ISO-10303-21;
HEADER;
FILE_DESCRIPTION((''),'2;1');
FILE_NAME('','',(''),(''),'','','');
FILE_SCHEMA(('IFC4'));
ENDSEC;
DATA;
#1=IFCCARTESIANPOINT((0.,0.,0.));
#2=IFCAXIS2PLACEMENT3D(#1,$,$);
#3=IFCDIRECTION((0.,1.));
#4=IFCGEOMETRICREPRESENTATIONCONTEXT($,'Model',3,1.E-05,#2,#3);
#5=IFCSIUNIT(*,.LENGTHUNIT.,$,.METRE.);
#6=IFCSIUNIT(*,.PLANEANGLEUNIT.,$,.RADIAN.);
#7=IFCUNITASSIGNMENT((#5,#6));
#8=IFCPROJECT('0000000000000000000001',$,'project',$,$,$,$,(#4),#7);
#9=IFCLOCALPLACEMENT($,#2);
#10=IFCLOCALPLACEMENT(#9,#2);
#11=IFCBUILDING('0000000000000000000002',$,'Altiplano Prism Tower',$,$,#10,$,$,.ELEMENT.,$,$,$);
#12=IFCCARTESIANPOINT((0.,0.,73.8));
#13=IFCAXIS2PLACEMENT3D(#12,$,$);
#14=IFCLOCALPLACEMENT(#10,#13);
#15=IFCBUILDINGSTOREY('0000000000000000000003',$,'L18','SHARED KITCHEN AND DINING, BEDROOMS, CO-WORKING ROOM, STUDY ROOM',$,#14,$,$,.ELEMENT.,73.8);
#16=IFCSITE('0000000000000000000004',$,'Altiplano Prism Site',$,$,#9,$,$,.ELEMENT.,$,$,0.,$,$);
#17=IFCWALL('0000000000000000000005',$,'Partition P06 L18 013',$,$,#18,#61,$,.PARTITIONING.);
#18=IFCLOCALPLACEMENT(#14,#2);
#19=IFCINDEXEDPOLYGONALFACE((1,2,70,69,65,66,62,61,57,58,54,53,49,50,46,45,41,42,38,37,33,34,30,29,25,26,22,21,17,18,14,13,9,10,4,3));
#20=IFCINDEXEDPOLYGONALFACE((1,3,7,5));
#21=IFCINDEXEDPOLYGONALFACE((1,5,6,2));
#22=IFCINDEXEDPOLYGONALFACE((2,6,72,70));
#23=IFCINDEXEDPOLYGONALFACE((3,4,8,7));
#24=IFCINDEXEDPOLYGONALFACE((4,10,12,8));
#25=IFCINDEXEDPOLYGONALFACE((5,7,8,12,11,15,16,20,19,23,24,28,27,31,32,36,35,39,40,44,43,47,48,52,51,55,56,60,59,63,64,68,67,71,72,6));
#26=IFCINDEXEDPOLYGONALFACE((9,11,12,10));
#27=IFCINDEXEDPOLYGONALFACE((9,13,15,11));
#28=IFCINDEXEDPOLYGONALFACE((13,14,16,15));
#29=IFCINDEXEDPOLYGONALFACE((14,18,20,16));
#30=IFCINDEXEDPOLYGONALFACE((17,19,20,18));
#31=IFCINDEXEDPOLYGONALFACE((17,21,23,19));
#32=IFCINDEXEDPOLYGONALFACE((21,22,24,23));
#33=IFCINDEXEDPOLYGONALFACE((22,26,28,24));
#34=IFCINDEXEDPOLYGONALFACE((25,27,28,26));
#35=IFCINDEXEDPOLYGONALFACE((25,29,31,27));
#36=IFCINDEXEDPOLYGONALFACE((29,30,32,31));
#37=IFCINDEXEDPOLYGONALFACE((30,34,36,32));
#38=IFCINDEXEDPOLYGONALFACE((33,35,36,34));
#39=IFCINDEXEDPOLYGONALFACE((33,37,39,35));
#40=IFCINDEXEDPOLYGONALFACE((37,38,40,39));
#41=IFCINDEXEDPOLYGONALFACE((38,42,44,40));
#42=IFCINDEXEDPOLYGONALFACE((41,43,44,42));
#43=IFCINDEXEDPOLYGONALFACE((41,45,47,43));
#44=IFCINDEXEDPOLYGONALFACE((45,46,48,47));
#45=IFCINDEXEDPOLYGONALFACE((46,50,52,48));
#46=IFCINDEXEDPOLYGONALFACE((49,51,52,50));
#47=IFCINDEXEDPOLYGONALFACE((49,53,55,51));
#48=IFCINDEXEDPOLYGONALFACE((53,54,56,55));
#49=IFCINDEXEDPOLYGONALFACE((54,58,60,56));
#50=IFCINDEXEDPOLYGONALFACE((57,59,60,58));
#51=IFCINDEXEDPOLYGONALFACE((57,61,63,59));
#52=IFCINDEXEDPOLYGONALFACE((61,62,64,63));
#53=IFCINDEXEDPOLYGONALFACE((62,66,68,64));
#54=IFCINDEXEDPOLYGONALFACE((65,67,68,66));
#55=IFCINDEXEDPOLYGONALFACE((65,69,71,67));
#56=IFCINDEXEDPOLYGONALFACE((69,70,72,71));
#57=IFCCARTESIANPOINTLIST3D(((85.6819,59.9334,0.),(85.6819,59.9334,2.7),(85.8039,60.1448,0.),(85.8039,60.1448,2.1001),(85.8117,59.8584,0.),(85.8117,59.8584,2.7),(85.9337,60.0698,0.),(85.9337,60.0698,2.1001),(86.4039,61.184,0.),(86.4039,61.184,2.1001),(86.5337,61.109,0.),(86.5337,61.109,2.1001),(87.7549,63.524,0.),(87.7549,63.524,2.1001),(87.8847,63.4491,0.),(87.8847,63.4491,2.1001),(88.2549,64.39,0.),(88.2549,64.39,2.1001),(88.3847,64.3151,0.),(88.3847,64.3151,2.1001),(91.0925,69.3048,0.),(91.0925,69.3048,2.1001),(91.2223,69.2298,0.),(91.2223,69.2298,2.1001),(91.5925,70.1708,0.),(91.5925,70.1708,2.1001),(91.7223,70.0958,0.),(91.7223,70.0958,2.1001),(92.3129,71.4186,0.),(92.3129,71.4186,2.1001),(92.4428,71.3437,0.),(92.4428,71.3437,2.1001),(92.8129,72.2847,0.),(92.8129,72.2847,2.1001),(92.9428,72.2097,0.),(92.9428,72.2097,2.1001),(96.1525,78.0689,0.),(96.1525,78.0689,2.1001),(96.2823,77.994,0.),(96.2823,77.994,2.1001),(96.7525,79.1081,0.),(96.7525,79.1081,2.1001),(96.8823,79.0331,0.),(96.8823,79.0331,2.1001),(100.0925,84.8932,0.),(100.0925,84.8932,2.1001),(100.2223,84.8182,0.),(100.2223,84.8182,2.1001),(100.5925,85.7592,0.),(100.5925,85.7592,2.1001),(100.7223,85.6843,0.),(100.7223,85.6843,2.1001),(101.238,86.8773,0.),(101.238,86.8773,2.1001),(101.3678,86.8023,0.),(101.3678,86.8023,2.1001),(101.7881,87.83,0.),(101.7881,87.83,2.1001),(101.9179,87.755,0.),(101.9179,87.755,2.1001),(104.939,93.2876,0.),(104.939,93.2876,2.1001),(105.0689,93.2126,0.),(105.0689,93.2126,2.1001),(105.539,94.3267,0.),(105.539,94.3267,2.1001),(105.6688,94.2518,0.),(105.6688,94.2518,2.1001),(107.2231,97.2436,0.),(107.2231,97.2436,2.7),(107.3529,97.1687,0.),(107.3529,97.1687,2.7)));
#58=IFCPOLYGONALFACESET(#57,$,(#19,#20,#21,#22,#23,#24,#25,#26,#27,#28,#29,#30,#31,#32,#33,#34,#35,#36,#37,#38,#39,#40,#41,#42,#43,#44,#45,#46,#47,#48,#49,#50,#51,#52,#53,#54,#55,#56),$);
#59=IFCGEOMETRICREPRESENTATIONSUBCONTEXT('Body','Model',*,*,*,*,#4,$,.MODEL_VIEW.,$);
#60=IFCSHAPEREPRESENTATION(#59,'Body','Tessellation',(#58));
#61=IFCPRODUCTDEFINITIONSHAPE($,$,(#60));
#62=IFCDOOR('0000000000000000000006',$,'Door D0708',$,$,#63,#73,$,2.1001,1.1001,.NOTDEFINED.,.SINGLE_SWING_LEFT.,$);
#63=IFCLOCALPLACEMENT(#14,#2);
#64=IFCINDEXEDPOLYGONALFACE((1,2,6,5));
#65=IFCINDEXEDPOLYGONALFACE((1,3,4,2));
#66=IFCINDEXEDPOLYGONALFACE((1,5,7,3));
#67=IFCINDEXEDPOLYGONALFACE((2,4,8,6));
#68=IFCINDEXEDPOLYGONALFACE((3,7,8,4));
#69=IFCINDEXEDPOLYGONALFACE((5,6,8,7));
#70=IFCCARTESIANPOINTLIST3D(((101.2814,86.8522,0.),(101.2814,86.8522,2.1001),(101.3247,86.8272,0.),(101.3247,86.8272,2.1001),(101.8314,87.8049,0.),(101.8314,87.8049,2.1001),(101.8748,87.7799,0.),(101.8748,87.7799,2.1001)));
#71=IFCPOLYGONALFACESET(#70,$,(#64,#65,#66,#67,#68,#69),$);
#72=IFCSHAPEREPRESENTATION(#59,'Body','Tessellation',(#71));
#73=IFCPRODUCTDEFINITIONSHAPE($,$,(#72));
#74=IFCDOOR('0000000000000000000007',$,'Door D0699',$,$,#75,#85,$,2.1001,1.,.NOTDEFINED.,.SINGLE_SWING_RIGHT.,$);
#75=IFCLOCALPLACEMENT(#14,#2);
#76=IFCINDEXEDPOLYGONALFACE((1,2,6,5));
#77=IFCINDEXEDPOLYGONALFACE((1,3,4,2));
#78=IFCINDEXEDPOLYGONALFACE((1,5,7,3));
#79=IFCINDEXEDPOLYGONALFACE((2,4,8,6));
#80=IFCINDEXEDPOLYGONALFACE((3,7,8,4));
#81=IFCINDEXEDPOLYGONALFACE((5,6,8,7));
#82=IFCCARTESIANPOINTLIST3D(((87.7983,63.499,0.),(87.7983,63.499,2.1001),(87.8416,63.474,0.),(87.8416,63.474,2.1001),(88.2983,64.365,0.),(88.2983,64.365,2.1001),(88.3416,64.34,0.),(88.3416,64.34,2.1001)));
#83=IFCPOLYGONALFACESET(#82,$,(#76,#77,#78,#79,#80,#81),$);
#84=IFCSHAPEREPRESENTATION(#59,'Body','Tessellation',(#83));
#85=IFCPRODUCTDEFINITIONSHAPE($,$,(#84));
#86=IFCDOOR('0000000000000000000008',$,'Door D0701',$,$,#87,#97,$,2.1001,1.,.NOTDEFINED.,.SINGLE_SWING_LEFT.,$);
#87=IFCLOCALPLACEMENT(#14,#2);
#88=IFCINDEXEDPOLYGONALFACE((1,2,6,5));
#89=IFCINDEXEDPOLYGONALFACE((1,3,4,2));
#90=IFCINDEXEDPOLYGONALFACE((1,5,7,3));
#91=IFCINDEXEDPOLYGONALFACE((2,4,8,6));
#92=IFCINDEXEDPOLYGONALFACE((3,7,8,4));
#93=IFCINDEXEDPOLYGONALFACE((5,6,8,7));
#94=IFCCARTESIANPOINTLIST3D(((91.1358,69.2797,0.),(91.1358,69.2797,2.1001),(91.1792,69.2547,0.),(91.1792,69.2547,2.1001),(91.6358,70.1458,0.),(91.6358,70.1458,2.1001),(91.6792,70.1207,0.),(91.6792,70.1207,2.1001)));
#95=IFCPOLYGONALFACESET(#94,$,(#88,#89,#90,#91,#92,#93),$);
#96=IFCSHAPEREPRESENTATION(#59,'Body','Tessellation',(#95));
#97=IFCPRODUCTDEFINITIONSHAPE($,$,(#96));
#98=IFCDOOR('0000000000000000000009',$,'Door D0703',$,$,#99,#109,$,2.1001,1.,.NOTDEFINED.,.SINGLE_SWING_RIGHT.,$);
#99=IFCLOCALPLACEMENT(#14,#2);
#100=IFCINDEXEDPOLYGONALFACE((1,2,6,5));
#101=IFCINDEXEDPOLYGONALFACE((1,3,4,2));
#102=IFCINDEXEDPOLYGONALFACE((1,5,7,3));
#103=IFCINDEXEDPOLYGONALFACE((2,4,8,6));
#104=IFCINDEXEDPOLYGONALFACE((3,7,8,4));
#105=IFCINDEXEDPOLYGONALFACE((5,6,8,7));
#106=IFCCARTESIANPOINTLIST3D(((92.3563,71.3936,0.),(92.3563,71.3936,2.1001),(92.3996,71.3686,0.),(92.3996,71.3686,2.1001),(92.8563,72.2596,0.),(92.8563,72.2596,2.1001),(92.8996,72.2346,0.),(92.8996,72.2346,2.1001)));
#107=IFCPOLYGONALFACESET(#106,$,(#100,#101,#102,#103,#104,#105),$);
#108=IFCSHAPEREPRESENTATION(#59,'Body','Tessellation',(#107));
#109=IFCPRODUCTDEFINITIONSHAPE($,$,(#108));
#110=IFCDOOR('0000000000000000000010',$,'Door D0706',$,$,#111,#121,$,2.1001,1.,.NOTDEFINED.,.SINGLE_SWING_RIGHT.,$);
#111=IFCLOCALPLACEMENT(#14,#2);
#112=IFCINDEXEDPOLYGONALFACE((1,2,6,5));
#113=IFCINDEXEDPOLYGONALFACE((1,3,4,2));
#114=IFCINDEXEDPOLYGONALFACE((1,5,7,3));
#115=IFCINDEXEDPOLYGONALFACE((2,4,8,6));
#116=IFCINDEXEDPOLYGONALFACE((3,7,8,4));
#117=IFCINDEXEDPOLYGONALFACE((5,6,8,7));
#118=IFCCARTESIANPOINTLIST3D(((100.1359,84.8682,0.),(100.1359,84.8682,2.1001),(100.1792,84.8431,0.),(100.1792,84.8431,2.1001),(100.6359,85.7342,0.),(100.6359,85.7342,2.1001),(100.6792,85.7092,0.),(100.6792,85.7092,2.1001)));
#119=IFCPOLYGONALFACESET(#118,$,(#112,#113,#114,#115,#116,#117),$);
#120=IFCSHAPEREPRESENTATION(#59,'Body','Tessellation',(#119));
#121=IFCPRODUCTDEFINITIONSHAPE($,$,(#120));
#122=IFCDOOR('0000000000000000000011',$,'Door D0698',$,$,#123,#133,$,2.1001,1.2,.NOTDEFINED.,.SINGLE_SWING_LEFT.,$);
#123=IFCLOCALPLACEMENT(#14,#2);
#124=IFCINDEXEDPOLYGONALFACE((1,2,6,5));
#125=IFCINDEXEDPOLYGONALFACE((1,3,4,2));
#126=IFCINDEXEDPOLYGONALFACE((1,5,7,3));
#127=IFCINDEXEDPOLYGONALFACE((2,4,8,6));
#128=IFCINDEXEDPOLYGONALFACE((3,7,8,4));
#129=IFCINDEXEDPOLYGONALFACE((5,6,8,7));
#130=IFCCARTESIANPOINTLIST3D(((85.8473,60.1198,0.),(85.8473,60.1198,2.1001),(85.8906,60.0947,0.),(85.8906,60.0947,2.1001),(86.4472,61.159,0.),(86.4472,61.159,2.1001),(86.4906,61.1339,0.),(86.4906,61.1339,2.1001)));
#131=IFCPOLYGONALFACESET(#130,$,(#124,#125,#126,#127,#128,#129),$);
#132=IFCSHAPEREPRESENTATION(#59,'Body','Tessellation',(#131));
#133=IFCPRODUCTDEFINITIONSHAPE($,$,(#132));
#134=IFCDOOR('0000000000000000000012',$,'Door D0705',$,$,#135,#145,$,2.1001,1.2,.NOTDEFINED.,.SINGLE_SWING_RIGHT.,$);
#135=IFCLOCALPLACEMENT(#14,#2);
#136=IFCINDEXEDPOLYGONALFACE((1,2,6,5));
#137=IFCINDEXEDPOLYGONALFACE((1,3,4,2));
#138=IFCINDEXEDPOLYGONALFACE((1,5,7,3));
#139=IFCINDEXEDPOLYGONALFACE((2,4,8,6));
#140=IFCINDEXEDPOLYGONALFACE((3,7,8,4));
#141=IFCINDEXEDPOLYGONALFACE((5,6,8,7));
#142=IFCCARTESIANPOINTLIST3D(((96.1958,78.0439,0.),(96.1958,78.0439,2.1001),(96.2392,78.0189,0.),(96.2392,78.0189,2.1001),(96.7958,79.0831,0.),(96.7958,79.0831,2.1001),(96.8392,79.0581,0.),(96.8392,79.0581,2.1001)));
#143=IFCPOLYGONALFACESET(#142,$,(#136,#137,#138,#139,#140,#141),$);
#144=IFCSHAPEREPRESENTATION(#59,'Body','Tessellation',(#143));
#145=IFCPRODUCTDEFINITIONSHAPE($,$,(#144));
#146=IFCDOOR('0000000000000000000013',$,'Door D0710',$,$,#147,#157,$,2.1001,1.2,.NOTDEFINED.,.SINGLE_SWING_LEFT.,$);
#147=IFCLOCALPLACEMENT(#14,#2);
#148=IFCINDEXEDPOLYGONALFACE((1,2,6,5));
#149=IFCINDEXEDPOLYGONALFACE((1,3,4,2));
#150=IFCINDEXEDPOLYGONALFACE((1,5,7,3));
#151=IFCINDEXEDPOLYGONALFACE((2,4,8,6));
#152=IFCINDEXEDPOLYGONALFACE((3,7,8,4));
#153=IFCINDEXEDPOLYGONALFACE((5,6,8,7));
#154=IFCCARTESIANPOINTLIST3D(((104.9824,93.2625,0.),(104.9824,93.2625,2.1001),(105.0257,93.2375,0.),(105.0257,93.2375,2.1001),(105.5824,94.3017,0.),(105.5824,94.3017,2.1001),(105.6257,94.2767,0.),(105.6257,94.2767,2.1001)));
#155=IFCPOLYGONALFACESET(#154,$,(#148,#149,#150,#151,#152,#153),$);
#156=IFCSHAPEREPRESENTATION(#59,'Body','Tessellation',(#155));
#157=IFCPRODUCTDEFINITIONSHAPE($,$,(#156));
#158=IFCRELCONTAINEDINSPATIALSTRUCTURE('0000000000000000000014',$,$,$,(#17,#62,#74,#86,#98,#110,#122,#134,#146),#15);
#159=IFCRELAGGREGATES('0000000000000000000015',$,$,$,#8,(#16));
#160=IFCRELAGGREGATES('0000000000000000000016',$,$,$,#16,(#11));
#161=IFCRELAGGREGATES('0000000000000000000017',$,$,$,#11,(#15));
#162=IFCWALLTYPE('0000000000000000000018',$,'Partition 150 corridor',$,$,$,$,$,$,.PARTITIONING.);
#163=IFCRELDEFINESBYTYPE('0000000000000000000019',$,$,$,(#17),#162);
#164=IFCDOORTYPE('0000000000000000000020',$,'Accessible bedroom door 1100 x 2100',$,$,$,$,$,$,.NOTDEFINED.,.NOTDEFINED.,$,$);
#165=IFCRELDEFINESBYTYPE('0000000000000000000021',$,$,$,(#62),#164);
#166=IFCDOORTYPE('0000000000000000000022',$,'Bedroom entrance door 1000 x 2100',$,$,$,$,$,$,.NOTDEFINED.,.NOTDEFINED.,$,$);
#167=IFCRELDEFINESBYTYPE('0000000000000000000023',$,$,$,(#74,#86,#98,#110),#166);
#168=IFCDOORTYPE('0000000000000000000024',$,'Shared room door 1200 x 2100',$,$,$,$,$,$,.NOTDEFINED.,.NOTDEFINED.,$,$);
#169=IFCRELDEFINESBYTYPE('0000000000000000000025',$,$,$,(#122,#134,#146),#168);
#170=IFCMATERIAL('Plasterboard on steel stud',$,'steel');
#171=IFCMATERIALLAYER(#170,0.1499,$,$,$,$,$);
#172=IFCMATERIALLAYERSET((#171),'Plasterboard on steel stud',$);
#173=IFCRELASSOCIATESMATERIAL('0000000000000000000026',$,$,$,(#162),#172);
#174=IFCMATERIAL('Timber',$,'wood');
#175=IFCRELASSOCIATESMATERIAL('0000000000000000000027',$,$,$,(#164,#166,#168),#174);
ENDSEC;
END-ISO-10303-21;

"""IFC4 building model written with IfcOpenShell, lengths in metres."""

from ifc_helpers import new_model, si_unit, direction, frame, frame_2d, origin, place, context, subcontext, project, spatial, rectangle, extrude, material, layer, layer_set, type_object, element, fill, save


model = new_model("IFC4")

# Units and contexts
model_context = context("Model", 3, precision=1e-05, world=origin(), true_north=direction((0.0, 1.0)))
body_context = subcontext(model_context, "Body", "Model", "MODEL_VIEW")
ifc_project = project(units=[si_unit("LENGTHUNIT", "METRE"), si_unit("PLANEANGLEUNIT", "RADIAN")], contexts=[model_context])

# Site, building, storey
site_placement = place(None, origin())
site = spatial("IfcSite", under=ifc_project, at=site_placement, Name="Altiplano Prism Site", CompositionType="ELEMENT", RefElevation=0.0)
building_placement = place(site_placement, origin())
building = spatial("IfcBuilding", under=site, at=building_placement, Name="Altiplano Prism Tower", CompositionType="ELEMENT")
storey_placement = place(building_placement, frame((0.0, 0.0, 73.8)))
storey = spatial("IfcBuildingStorey", under=building, at=storey_placement, Name="L18", Description="SHARED KITCHEN AND DINING, BEDROOMS, CO-WORKING ROOM, STUDY ROOM", CompositionType="ELEMENT", Elevation=73.8)

# Shared definitions
ifc_material_1 = material(Name="Plasterboard on steel stud", Category="steel")
ifc_layer_1 = layer(ifc_material_1, 0.1499)
ifc_layer_set_1 = layer_set([ifc_layer_1], Name="Plasterboard on steel stud")
wall_type_1 = type_object("IfcWallType", Name="Partition 150 corridor", PredefinedType="PARTITIONING", material=ifc_layer_set_1)

# Wall, openings, doors
wall_1_placement = place(storey_placement, frame((85.7468, 59.896, 0.0), z_axis=(0.0, 0.0, 1.0), x_axis=(0.500003, 0.866024, 0.0)))
wall_1 = element("IfcWall", 1, at=wall_1_placement, inside=storey, type_object=wall_type_1, Name="Partition P06 L18 013", PredefinedType="PARTITIONING", context=body_context, shape_type="SweptSolid", body=[
    extrude(rectangle(XDim=43.0823, YDim=0.1499, at=frame_2d((21.541, 0.0))), origin(), (0.0, 0.0, 1.0), 2.7),
])
opening_1_placement = place(wall_1_placement, frame((0.2439, 0.0, 0.0)))
opening_1 = element("IfcOpeningElement", 2, at=opening_1_placement, cuts=wall_1, PredefinedType="OPENING", context=body_context, shape_type="SweptSolid", body=[
    extrude(rectangle(XDim=1.2, YDim=2.1001, at=frame_2d((0.6001, 1.05))), frame((0.0, 0.0854, 0.0), z_axis=(0.0, -1.0, 0.0), x_axis=(1.0, 0.0, 0.0)), (0.0, 0.0, 1.0), 0.1709),
])
opening_2_placement = place(wall_1_placement, frame((4.146, 0.0, 0.0)))
opening_2 = element("IfcOpeningElement", 3, at=opening_2_placement, cuts=wall_1, PredefinedType="OPENING", context=body_context, shape_type="SweptSolid", body=[
    extrude(rectangle(XDim=1.0, YDim=2.1001, at=frame_2d((0.5, 1.05))), frame((0.0, 0.0854, 0.0), z_axis=(0.0, -1.0, 0.0), x_axis=(1.0, 0.0, 0.0)), (0.0, 0.0, 1.0), 0.1709),
])
opening_3_placement = place(wall_1_placement, frame((10.821, 0.0, 0.0)))
opening_3 = element("IfcOpeningElement", 4, at=opening_3_placement, cuts=wall_1, PredefinedType="OPENING", context=body_context, shape_type="SweptSolid", body=[
    extrude(rectangle(XDim=1.0, YDim=2.1001, at=frame_2d((0.5, 1.05))), frame((0.0, 0.0854, 0.0), z_axis=(0.0, -1.0, 0.0), x_axis=(1.0, 0.0, 0.0)), (0.0, 0.0, 1.0), 0.1709),
])
opening_4_placement = place(wall_1_placement, frame((13.262, 0.0, 0.0)))
opening_4 = element("IfcOpeningElement", 5, at=opening_4_placement, cuts=wall_1, PredefinedType="OPENING", context=body_context, shape_type="SweptSolid", body=[
    extrude(rectangle(XDim=1.0, YDim=2.1001, at=frame_2d((0.5, 1.05))), frame((0.0, 0.0854, 0.0), z_axis=(0.0, -1.0, 0.0), x_axis=(1.0, 0.0, 0.0)), (0.0, 0.0, 1.0), 0.1709),
])
opening_5_placement = place(wall_1_placement, frame((20.9409, 0.0, 0.0)))
opening_5 = element("IfcOpeningElement", 6, at=opening_5_placement, cuts=wall_1, PredefinedType="OPENING", context=body_context, shape_type="SweptSolid", body=[
    extrude(rectangle(XDim=1.2, YDim=2.1001, at=frame_2d((0.6001, 1.05))), frame((0.0, 0.0854, 0.0), z_axis=(0.0, -1.0, 0.0), x_axis=(1.0, 0.0, 0.0)), (0.0, 0.0, 1.0), 0.1709),
])
opening_6_placement = place(wall_1_placement, frame((28.821, 0.0, 0.0)))
opening_6 = element("IfcOpeningElement", 7, at=opening_6_placement, cuts=wall_1, PredefinedType="OPENING", context=body_context, shape_type="SweptSolid", body=[
    extrude(rectangle(XDim=1.0, YDim=2.1001, at=frame_2d((0.5, 1.05))), frame((0.0, 0.0854, 0.0), z_axis=(0.0, -1.0, 0.0), x_axis=(1.0, 0.0, 0.0)), (0.0, 0.0, 1.0), 0.1709),
])
opening_7_placement = place(wall_1_placement, frame((31.1121, 0.0, 0.0)))
opening_7 = element("IfcOpeningElement", 8, at=opening_7_placement, cuts=wall_1, PredefinedType="OPENING", context=body_context, shape_type="SweptSolid", body=[
    extrude(rectangle(XDim=1.1001, YDim=2.1001, at=frame_2d((0.55, 1.05))), frame((0.0, 0.0854, 0.0), z_axis=(0.0, -1.0, 0.0), x_axis=(1.0, 0.0, 0.0)), (0.0, 0.0, 1.0), 0.1709),
])
opening_8_placement = place(wall_1_placement, frame((38.5139, 0.0, 0.0)))
opening_8 = element("IfcOpeningElement", 9, at=opening_8_placement, cuts=wall_1, PredefinedType="OPENING", context=body_context, shape_type="SweptSolid", body=[
    extrude(rectangle(XDim=1.2, YDim=2.1001, at=frame_2d((0.6001, 1.05))), frame((0.0, 0.0854, 0.0), z_axis=(0.0, -1.0, 0.0), x_axis=(1.0, 0.0, 0.0)), (0.0, 0.0, 1.0), 0.1709),
])
ifc_material_2 = material(Name="Timber", Category="wood")
door_type_1 = type_object("IfcDoorType", Name="Accessible bedroom door 1100 x 2100", OperationType="NOTDEFINED", PredefinedType="NOTDEFINED", material=ifc_material_2)
door_1_placement = place(opening_7_placement, origin())
door_1 = element("IfcDoor", 10, at=door_1_placement, inside=storey, type_object=door_type_1, Name="Door D0708", OperationType="SINGLE_SWING_LEFT", OverallHeight=2.1001, OverallWidth=1.1001, PredefinedType="NOTDEFINED", context=body_context, shape_type="SweptSolid", body=[
    extrude(rectangle(XDim=1.1001, YDim=2.1001, at=frame_2d((0.55, 1.05))), frame((0.0, 0.0249, 0.0), z_axis=(0.0, -1.0, 0.0), x_axis=(1.0, 0.0, 0.0)), (0.0, 0.0, 1.0), 0.05),
])
fill(opening_7, door_1)
door_type_2 = type_object("IfcDoorType", Name="Bedroom entrance door 1000 x 2100", OperationType="NOTDEFINED", PredefinedType="NOTDEFINED", material=ifc_material_2)
door_2_placement = place(opening_2_placement, origin())
door_2 = element("IfcDoor", 11, at=door_2_placement, inside=storey, type_object=door_type_2, Name="Door D0699", OperationType="SINGLE_SWING_RIGHT", OverallHeight=2.1001, OverallWidth=1.0, PredefinedType="NOTDEFINED", context=body_context, shape_type="SweptSolid", body=[
    extrude(rectangle(XDim=1.0, YDim=2.1001, at=frame_2d((0.5, 1.05))), frame((0.0, 0.0249, 0.0), z_axis=(0.0, -1.0, 0.0), x_axis=(1.0, 0.0, 0.0)), (0.0, 0.0, 1.0), 0.05),
])
fill(opening_2, door_2)
door_3_placement = place(opening_3_placement, origin())
door_3 = element("IfcDoor", 12, at=door_3_placement, inside=storey, type_object=door_type_2, Name="Door D0701", OperationType="SINGLE_SWING_LEFT", OverallHeight=2.1001, OverallWidth=1.0, PredefinedType="NOTDEFINED", context=body_context, shape_type="SweptSolid", body=[
    extrude(rectangle(XDim=1.0, YDim=2.1001, at=frame_2d((0.5, 1.05))), frame((0.0, 0.0249, 0.0), z_axis=(0.0, -1.0, 0.0), x_axis=(1.0, 0.0, 0.0)), (0.0, 0.0, 1.0), 0.05),
])
fill(opening_3, door_3)
door_4_placement = place(opening_4_placement, origin())
door_4 = element("IfcDoor", 13, at=door_4_placement, inside=storey, type_object=door_type_2, Name="Door D0703", OperationType="SINGLE_SWING_RIGHT", OverallHeight=2.1001, OverallWidth=1.0, PredefinedType="NOTDEFINED", context=body_context, shape_type="SweptSolid", body=[
    extrude(rectangle(XDim=1.0, YDim=2.1001, at=frame_2d((0.5, 1.05))), frame((0.0, 0.0249, 0.0), z_axis=(0.0, -1.0, 0.0), x_axis=(1.0, 0.0, 0.0)), (0.0, 0.0, 1.0), 0.05),
])
fill(opening_4, door_4)
door_5_placement = place(opening_6_placement, origin())
door_5 = element("IfcDoor", 14, at=door_5_placement, inside=storey, type_object=door_type_2, Name="Door D0706", OperationType="SINGLE_SWING_RIGHT", OverallHeight=2.1001, OverallWidth=1.0, PredefinedType="NOTDEFINED", context=body_context, shape_type="SweptSolid", body=[
    extrude(rectangle(XDim=1.0, YDim=2.1001, at=frame_2d((0.5, 1.05))), frame((0.0, 0.0249, 0.0), z_axis=(0.0, -1.0, 0.0), x_axis=(1.0, 0.0, 0.0)), (0.0, 0.0, 1.0), 0.05),
])
fill(opening_6, door_5)
door_type_3 = type_object("IfcDoorType", Name="Shared room door 1200 x 2100", OperationType="NOTDEFINED", PredefinedType="NOTDEFINED", material=ifc_material_2)
door_6_placement = place(opening_1_placement, origin())
door_6 = element("IfcDoor", 15, at=door_6_placement, inside=storey, type_object=door_type_3, Name="Door D0698", OperationType="SINGLE_SWING_LEFT", OverallHeight=2.1001, OverallWidth=1.2, PredefinedType="NOTDEFINED", context=body_context, shape_type="SweptSolid", body=[
    extrude(rectangle(XDim=1.2, YDim=2.1001, at=frame_2d((0.6001, 1.05))), frame((0.0, 0.0249, 0.0), z_axis=(0.0, -1.0, 0.0), x_axis=(1.0, 0.0, 0.0)), (0.0, 0.0, 1.0), 0.05),
])
fill(opening_1, door_6)
door_7_placement = place(opening_5_placement, origin())
door_7 = element("IfcDoor", 16, at=door_7_placement, inside=storey, type_object=door_type_3, Name="Door D0705", OperationType="SINGLE_SWING_RIGHT", OverallHeight=2.1001, OverallWidth=1.2, PredefinedType="NOTDEFINED", context=body_context, shape_type="SweptSolid", body=[
    extrude(rectangle(XDim=1.2, YDim=2.1001, at=frame_2d((0.6001, 1.05))), frame((0.0, 0.0249, 0.0), z_axis=(0.0, -1.0, 0.0), x_axis=(1.0, 0.0, 0.0)), (0.0, 0.0, 1.0), 0.05),
])
fill(opening_5, door_7)
door_8_placement = place(opening_8_placement, origin())
door_8 = element("IfcDoor", 17, at=door_8_placement, inside=storey, type_object=door_type_3, Name="Door D0710", OperationType="SINGLE_SWING_LEFT", OverallHeight=2.1001, OverallWidth=1.2, PredefinedType="NOTDEFINED", context=body_context, shape_type="SweptSolid", body=[
    extrude(rectangle(XDim=1.2, YDim=2.1001, at=frame_2d((0.6001, 1.05))), frame((0.0, 0.0249, 0.0), z_axis=(0.0, -1.0, 0.0), x_axis=(1.0, 0.0, 0.0)), (0.0, 0.0, 1.0), 0.05),
])
fill(opening_8, door_8)

save(model, "model.ifc")
